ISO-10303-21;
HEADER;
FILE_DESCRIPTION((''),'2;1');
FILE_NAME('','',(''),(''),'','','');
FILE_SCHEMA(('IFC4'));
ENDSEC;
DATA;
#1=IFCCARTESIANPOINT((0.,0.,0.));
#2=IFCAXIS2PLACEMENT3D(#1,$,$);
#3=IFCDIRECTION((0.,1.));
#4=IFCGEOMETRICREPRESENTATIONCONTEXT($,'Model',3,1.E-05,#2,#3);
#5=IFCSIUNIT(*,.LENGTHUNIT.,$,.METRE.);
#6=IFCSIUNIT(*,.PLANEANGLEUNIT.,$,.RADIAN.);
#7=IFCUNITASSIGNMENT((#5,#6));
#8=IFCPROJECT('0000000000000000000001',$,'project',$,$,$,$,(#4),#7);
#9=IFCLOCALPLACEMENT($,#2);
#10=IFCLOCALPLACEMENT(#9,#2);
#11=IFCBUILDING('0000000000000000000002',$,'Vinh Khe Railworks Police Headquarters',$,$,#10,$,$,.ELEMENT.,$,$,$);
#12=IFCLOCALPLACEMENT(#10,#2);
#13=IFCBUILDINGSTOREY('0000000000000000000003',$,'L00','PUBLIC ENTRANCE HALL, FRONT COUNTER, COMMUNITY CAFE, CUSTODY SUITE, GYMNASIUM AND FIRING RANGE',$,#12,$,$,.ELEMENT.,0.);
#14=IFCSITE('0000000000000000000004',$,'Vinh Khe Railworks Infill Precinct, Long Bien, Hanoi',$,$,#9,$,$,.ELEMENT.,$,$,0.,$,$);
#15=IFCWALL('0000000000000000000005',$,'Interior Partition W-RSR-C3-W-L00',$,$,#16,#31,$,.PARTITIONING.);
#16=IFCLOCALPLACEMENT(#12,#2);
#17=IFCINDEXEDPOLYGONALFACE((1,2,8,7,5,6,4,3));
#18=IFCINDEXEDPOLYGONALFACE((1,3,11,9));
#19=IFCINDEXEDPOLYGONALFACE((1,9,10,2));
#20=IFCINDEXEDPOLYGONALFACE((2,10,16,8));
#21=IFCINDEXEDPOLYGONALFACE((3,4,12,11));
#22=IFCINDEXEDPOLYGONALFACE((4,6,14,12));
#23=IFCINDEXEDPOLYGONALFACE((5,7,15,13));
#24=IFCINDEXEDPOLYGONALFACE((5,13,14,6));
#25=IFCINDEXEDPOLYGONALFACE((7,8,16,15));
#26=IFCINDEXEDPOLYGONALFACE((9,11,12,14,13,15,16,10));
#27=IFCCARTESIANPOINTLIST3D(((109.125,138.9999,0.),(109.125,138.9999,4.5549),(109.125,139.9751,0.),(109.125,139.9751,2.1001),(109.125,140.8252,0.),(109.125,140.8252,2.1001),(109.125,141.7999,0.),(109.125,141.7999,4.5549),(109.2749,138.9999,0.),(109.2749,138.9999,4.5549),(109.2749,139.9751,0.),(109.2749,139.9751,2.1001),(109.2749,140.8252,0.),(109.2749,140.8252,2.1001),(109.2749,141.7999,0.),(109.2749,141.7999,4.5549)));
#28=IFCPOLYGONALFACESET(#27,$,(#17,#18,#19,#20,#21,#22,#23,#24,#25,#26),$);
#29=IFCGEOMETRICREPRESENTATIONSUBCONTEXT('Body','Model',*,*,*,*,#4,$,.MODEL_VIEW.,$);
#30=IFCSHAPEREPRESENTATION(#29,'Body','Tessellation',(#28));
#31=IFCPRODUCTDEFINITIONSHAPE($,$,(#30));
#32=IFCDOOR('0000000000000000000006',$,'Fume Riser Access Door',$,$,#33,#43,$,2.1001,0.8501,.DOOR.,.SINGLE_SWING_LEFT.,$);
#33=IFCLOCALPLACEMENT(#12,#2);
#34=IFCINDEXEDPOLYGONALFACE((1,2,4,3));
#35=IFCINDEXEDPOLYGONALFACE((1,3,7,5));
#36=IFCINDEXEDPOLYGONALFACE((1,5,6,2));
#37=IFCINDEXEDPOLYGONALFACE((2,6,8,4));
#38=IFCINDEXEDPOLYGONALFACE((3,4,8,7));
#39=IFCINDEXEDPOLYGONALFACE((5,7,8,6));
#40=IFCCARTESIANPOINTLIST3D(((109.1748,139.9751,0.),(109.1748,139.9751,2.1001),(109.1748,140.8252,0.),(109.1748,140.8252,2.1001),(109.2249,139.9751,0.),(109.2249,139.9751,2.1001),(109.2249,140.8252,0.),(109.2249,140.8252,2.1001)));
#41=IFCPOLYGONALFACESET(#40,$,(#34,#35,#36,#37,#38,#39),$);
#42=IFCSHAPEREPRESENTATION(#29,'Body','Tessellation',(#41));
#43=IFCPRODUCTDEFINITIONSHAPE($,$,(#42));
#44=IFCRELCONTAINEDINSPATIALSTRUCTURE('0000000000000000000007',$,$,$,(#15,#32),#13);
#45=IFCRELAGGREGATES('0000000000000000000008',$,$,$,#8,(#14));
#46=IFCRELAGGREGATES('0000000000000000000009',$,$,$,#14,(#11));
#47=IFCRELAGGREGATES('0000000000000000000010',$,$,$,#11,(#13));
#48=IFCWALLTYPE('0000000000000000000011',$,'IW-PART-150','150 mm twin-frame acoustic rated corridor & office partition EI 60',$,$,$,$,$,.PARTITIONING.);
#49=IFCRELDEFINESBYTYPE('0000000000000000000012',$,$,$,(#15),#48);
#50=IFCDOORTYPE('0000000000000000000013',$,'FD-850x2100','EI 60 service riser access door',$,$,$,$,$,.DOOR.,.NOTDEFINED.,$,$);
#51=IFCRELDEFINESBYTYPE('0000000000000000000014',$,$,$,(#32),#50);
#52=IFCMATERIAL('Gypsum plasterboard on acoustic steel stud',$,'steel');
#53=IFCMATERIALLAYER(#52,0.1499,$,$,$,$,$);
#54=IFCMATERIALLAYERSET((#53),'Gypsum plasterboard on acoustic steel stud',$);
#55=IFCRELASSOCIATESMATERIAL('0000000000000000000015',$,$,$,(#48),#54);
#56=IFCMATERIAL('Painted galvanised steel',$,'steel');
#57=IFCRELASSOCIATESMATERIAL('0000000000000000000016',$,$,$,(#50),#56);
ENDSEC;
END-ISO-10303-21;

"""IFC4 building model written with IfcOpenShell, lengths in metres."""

from ifc_helpers import new_model, si_unit, direction, frame, frame_2d, origin, place, context, subcontext, project, spatial, rectangle, extrude, material, layer, layer_set, type_object, element, fill, save


model = new_model("IFC4")

# Units and contexts
model_context = context("Model", 3, precision=1e-05, world=origin(), true_north=direction((0.0, 1.0)))
body_context = subcontext(model_context, "Body", "Model", "MODEL_VIEW")
ifc_project = project(units=[si_unit("LENGTHUNIT", "METRE"), si_unit("PLANEANGLEUNIT", "RADIAN")], contexts=[model_context])

# Site, building, storey
site_placement = place(None, origin())
site = spatial("IfcSite", under=ifc_project, at=site_placement, Name="Vinh Khe Railworks Infill Precinct, Long Bien, Hanoi", CompositionType="ELEMENT", RefElevation=0.0)
building_placement = place(site_placement, origin())
building = spatial("IfcBuilding", under=site, at=building_placement, Name="Vinh Khe Railworks Police Headquarters", CompositionType="ELEMENT")
storey_placement = place(building_placement, origin())
storey = spatial("IfcBuildingStorey", under=building, at=storey_placement, Name="L00", Description="PUBLIC ENTRANCE HALL, FRONT COUNTER, COMMUNITY CAFE, CUSTODY SUITE, GYMNASIUM AND FIRING RANGE", CompositionType="ELEMENT", Elevation=0.0)

# Shared definitions
ifc_material_1 = material(Name="Painted galvanised steel", Category="steel")

# Shared definitions
ifc_material_2 = material(Name="Gypsum plasterboard on acoustic steel stud", Category="steel")
ifc_layer_1 = layer(ifc_material_2, 0.1499)
ifc_layer_set_1 = layer_set([ifc_layer_1], Name="Gypsum plasterboard on acoustic steel stud")
wall_type_1 = type_object("IfcWallType", Name="IW-PART-150", Description="150 mm twin-frame acoustic rated corridor & office partition EI 60", PredefinedType="PARTITIONING", material=ifc_layer_set_1)

# Wall, opening, door
wall_1_placement = place(storey_placement, frame((109.2, 139.0, 0.0), z_axis=(0.0, 0.0, 1.0), x_axis=(0.0, 1.0, 0.0)))
wall_1 = element("IfcWall", 1, at=wall_1_placement, inside=storey, type_object=wall_type_1, Name="Interior Partition W-RSR-C3-W-L00", PredefinedType="PARTITIONING", context=body_context, shape_type="SweptSolid", body=[
    extrude(rectangle(XDim=2.8, YDim=0.1499, at=frame_2d((1.3999, 0.0))), origin(), (0.0, 0.0, 1.0), 4.5549),
])
opening_1_placement = place(wall_1_placement, frame((0.9751, 0.0, 0.0)))
opening_1 = element("IfcOpeningElement", 2, at=opening_1_placement, cuts=wall_1, PredefinedType="OPENING", context=body_context, shape_type="SweptSolid", body=[
    extrude(rectangle(XDim=0.8501, YDim=2.1001, at=frame_2d((0.425, 1.05))), frame((0.0, 0.0898, 0.0), z_axis=(0.0, -1.0, 0.0), x_axis=(1.0, 0.0, 0.0)), (0.0, 0.0, 1.0), 0.1797),
])
door_type_1 = type_object("IfcDoorType", Name="FD-850x2100", Description="EI 60 service riser access door", OperationType="NOTDEFINED", PredefinedType="DOOR", material=ifc_material_1)
door_1_placement = place(opening_1_placement, frame((0.8501, 0.0, 0.0), z_axis=(0.0, 0.0, 1.0), x_axis=(-1.0, 0.0, 0.0)))
door_1 = element("IfcDoor", 3, at=door_1_placement, inside=storey, type_object=door_type_1, Name="Fume Riser Access Door", OperationType="SINGLE_SWING_LEFT", OverallHeight=2.1001, OverallWidth=0.8501, PredefinedType="DOOR", context=body_context, shape_type="SweptSolid", body=[
    extrude(rectangle(XDim=0.8501, YDim=2.1001, at=frame_2d((0.425, 1.05))), frame((0.0, 0.0249, 0.0), z_axis=(0.0, -1.0, 0.0), x_axis=(1.0, 0.0, 0.0)), (0.0, 0.0, 1.0), 0.05),
])
fill(opening_1, door_1)

save(model, "model.ifc")
